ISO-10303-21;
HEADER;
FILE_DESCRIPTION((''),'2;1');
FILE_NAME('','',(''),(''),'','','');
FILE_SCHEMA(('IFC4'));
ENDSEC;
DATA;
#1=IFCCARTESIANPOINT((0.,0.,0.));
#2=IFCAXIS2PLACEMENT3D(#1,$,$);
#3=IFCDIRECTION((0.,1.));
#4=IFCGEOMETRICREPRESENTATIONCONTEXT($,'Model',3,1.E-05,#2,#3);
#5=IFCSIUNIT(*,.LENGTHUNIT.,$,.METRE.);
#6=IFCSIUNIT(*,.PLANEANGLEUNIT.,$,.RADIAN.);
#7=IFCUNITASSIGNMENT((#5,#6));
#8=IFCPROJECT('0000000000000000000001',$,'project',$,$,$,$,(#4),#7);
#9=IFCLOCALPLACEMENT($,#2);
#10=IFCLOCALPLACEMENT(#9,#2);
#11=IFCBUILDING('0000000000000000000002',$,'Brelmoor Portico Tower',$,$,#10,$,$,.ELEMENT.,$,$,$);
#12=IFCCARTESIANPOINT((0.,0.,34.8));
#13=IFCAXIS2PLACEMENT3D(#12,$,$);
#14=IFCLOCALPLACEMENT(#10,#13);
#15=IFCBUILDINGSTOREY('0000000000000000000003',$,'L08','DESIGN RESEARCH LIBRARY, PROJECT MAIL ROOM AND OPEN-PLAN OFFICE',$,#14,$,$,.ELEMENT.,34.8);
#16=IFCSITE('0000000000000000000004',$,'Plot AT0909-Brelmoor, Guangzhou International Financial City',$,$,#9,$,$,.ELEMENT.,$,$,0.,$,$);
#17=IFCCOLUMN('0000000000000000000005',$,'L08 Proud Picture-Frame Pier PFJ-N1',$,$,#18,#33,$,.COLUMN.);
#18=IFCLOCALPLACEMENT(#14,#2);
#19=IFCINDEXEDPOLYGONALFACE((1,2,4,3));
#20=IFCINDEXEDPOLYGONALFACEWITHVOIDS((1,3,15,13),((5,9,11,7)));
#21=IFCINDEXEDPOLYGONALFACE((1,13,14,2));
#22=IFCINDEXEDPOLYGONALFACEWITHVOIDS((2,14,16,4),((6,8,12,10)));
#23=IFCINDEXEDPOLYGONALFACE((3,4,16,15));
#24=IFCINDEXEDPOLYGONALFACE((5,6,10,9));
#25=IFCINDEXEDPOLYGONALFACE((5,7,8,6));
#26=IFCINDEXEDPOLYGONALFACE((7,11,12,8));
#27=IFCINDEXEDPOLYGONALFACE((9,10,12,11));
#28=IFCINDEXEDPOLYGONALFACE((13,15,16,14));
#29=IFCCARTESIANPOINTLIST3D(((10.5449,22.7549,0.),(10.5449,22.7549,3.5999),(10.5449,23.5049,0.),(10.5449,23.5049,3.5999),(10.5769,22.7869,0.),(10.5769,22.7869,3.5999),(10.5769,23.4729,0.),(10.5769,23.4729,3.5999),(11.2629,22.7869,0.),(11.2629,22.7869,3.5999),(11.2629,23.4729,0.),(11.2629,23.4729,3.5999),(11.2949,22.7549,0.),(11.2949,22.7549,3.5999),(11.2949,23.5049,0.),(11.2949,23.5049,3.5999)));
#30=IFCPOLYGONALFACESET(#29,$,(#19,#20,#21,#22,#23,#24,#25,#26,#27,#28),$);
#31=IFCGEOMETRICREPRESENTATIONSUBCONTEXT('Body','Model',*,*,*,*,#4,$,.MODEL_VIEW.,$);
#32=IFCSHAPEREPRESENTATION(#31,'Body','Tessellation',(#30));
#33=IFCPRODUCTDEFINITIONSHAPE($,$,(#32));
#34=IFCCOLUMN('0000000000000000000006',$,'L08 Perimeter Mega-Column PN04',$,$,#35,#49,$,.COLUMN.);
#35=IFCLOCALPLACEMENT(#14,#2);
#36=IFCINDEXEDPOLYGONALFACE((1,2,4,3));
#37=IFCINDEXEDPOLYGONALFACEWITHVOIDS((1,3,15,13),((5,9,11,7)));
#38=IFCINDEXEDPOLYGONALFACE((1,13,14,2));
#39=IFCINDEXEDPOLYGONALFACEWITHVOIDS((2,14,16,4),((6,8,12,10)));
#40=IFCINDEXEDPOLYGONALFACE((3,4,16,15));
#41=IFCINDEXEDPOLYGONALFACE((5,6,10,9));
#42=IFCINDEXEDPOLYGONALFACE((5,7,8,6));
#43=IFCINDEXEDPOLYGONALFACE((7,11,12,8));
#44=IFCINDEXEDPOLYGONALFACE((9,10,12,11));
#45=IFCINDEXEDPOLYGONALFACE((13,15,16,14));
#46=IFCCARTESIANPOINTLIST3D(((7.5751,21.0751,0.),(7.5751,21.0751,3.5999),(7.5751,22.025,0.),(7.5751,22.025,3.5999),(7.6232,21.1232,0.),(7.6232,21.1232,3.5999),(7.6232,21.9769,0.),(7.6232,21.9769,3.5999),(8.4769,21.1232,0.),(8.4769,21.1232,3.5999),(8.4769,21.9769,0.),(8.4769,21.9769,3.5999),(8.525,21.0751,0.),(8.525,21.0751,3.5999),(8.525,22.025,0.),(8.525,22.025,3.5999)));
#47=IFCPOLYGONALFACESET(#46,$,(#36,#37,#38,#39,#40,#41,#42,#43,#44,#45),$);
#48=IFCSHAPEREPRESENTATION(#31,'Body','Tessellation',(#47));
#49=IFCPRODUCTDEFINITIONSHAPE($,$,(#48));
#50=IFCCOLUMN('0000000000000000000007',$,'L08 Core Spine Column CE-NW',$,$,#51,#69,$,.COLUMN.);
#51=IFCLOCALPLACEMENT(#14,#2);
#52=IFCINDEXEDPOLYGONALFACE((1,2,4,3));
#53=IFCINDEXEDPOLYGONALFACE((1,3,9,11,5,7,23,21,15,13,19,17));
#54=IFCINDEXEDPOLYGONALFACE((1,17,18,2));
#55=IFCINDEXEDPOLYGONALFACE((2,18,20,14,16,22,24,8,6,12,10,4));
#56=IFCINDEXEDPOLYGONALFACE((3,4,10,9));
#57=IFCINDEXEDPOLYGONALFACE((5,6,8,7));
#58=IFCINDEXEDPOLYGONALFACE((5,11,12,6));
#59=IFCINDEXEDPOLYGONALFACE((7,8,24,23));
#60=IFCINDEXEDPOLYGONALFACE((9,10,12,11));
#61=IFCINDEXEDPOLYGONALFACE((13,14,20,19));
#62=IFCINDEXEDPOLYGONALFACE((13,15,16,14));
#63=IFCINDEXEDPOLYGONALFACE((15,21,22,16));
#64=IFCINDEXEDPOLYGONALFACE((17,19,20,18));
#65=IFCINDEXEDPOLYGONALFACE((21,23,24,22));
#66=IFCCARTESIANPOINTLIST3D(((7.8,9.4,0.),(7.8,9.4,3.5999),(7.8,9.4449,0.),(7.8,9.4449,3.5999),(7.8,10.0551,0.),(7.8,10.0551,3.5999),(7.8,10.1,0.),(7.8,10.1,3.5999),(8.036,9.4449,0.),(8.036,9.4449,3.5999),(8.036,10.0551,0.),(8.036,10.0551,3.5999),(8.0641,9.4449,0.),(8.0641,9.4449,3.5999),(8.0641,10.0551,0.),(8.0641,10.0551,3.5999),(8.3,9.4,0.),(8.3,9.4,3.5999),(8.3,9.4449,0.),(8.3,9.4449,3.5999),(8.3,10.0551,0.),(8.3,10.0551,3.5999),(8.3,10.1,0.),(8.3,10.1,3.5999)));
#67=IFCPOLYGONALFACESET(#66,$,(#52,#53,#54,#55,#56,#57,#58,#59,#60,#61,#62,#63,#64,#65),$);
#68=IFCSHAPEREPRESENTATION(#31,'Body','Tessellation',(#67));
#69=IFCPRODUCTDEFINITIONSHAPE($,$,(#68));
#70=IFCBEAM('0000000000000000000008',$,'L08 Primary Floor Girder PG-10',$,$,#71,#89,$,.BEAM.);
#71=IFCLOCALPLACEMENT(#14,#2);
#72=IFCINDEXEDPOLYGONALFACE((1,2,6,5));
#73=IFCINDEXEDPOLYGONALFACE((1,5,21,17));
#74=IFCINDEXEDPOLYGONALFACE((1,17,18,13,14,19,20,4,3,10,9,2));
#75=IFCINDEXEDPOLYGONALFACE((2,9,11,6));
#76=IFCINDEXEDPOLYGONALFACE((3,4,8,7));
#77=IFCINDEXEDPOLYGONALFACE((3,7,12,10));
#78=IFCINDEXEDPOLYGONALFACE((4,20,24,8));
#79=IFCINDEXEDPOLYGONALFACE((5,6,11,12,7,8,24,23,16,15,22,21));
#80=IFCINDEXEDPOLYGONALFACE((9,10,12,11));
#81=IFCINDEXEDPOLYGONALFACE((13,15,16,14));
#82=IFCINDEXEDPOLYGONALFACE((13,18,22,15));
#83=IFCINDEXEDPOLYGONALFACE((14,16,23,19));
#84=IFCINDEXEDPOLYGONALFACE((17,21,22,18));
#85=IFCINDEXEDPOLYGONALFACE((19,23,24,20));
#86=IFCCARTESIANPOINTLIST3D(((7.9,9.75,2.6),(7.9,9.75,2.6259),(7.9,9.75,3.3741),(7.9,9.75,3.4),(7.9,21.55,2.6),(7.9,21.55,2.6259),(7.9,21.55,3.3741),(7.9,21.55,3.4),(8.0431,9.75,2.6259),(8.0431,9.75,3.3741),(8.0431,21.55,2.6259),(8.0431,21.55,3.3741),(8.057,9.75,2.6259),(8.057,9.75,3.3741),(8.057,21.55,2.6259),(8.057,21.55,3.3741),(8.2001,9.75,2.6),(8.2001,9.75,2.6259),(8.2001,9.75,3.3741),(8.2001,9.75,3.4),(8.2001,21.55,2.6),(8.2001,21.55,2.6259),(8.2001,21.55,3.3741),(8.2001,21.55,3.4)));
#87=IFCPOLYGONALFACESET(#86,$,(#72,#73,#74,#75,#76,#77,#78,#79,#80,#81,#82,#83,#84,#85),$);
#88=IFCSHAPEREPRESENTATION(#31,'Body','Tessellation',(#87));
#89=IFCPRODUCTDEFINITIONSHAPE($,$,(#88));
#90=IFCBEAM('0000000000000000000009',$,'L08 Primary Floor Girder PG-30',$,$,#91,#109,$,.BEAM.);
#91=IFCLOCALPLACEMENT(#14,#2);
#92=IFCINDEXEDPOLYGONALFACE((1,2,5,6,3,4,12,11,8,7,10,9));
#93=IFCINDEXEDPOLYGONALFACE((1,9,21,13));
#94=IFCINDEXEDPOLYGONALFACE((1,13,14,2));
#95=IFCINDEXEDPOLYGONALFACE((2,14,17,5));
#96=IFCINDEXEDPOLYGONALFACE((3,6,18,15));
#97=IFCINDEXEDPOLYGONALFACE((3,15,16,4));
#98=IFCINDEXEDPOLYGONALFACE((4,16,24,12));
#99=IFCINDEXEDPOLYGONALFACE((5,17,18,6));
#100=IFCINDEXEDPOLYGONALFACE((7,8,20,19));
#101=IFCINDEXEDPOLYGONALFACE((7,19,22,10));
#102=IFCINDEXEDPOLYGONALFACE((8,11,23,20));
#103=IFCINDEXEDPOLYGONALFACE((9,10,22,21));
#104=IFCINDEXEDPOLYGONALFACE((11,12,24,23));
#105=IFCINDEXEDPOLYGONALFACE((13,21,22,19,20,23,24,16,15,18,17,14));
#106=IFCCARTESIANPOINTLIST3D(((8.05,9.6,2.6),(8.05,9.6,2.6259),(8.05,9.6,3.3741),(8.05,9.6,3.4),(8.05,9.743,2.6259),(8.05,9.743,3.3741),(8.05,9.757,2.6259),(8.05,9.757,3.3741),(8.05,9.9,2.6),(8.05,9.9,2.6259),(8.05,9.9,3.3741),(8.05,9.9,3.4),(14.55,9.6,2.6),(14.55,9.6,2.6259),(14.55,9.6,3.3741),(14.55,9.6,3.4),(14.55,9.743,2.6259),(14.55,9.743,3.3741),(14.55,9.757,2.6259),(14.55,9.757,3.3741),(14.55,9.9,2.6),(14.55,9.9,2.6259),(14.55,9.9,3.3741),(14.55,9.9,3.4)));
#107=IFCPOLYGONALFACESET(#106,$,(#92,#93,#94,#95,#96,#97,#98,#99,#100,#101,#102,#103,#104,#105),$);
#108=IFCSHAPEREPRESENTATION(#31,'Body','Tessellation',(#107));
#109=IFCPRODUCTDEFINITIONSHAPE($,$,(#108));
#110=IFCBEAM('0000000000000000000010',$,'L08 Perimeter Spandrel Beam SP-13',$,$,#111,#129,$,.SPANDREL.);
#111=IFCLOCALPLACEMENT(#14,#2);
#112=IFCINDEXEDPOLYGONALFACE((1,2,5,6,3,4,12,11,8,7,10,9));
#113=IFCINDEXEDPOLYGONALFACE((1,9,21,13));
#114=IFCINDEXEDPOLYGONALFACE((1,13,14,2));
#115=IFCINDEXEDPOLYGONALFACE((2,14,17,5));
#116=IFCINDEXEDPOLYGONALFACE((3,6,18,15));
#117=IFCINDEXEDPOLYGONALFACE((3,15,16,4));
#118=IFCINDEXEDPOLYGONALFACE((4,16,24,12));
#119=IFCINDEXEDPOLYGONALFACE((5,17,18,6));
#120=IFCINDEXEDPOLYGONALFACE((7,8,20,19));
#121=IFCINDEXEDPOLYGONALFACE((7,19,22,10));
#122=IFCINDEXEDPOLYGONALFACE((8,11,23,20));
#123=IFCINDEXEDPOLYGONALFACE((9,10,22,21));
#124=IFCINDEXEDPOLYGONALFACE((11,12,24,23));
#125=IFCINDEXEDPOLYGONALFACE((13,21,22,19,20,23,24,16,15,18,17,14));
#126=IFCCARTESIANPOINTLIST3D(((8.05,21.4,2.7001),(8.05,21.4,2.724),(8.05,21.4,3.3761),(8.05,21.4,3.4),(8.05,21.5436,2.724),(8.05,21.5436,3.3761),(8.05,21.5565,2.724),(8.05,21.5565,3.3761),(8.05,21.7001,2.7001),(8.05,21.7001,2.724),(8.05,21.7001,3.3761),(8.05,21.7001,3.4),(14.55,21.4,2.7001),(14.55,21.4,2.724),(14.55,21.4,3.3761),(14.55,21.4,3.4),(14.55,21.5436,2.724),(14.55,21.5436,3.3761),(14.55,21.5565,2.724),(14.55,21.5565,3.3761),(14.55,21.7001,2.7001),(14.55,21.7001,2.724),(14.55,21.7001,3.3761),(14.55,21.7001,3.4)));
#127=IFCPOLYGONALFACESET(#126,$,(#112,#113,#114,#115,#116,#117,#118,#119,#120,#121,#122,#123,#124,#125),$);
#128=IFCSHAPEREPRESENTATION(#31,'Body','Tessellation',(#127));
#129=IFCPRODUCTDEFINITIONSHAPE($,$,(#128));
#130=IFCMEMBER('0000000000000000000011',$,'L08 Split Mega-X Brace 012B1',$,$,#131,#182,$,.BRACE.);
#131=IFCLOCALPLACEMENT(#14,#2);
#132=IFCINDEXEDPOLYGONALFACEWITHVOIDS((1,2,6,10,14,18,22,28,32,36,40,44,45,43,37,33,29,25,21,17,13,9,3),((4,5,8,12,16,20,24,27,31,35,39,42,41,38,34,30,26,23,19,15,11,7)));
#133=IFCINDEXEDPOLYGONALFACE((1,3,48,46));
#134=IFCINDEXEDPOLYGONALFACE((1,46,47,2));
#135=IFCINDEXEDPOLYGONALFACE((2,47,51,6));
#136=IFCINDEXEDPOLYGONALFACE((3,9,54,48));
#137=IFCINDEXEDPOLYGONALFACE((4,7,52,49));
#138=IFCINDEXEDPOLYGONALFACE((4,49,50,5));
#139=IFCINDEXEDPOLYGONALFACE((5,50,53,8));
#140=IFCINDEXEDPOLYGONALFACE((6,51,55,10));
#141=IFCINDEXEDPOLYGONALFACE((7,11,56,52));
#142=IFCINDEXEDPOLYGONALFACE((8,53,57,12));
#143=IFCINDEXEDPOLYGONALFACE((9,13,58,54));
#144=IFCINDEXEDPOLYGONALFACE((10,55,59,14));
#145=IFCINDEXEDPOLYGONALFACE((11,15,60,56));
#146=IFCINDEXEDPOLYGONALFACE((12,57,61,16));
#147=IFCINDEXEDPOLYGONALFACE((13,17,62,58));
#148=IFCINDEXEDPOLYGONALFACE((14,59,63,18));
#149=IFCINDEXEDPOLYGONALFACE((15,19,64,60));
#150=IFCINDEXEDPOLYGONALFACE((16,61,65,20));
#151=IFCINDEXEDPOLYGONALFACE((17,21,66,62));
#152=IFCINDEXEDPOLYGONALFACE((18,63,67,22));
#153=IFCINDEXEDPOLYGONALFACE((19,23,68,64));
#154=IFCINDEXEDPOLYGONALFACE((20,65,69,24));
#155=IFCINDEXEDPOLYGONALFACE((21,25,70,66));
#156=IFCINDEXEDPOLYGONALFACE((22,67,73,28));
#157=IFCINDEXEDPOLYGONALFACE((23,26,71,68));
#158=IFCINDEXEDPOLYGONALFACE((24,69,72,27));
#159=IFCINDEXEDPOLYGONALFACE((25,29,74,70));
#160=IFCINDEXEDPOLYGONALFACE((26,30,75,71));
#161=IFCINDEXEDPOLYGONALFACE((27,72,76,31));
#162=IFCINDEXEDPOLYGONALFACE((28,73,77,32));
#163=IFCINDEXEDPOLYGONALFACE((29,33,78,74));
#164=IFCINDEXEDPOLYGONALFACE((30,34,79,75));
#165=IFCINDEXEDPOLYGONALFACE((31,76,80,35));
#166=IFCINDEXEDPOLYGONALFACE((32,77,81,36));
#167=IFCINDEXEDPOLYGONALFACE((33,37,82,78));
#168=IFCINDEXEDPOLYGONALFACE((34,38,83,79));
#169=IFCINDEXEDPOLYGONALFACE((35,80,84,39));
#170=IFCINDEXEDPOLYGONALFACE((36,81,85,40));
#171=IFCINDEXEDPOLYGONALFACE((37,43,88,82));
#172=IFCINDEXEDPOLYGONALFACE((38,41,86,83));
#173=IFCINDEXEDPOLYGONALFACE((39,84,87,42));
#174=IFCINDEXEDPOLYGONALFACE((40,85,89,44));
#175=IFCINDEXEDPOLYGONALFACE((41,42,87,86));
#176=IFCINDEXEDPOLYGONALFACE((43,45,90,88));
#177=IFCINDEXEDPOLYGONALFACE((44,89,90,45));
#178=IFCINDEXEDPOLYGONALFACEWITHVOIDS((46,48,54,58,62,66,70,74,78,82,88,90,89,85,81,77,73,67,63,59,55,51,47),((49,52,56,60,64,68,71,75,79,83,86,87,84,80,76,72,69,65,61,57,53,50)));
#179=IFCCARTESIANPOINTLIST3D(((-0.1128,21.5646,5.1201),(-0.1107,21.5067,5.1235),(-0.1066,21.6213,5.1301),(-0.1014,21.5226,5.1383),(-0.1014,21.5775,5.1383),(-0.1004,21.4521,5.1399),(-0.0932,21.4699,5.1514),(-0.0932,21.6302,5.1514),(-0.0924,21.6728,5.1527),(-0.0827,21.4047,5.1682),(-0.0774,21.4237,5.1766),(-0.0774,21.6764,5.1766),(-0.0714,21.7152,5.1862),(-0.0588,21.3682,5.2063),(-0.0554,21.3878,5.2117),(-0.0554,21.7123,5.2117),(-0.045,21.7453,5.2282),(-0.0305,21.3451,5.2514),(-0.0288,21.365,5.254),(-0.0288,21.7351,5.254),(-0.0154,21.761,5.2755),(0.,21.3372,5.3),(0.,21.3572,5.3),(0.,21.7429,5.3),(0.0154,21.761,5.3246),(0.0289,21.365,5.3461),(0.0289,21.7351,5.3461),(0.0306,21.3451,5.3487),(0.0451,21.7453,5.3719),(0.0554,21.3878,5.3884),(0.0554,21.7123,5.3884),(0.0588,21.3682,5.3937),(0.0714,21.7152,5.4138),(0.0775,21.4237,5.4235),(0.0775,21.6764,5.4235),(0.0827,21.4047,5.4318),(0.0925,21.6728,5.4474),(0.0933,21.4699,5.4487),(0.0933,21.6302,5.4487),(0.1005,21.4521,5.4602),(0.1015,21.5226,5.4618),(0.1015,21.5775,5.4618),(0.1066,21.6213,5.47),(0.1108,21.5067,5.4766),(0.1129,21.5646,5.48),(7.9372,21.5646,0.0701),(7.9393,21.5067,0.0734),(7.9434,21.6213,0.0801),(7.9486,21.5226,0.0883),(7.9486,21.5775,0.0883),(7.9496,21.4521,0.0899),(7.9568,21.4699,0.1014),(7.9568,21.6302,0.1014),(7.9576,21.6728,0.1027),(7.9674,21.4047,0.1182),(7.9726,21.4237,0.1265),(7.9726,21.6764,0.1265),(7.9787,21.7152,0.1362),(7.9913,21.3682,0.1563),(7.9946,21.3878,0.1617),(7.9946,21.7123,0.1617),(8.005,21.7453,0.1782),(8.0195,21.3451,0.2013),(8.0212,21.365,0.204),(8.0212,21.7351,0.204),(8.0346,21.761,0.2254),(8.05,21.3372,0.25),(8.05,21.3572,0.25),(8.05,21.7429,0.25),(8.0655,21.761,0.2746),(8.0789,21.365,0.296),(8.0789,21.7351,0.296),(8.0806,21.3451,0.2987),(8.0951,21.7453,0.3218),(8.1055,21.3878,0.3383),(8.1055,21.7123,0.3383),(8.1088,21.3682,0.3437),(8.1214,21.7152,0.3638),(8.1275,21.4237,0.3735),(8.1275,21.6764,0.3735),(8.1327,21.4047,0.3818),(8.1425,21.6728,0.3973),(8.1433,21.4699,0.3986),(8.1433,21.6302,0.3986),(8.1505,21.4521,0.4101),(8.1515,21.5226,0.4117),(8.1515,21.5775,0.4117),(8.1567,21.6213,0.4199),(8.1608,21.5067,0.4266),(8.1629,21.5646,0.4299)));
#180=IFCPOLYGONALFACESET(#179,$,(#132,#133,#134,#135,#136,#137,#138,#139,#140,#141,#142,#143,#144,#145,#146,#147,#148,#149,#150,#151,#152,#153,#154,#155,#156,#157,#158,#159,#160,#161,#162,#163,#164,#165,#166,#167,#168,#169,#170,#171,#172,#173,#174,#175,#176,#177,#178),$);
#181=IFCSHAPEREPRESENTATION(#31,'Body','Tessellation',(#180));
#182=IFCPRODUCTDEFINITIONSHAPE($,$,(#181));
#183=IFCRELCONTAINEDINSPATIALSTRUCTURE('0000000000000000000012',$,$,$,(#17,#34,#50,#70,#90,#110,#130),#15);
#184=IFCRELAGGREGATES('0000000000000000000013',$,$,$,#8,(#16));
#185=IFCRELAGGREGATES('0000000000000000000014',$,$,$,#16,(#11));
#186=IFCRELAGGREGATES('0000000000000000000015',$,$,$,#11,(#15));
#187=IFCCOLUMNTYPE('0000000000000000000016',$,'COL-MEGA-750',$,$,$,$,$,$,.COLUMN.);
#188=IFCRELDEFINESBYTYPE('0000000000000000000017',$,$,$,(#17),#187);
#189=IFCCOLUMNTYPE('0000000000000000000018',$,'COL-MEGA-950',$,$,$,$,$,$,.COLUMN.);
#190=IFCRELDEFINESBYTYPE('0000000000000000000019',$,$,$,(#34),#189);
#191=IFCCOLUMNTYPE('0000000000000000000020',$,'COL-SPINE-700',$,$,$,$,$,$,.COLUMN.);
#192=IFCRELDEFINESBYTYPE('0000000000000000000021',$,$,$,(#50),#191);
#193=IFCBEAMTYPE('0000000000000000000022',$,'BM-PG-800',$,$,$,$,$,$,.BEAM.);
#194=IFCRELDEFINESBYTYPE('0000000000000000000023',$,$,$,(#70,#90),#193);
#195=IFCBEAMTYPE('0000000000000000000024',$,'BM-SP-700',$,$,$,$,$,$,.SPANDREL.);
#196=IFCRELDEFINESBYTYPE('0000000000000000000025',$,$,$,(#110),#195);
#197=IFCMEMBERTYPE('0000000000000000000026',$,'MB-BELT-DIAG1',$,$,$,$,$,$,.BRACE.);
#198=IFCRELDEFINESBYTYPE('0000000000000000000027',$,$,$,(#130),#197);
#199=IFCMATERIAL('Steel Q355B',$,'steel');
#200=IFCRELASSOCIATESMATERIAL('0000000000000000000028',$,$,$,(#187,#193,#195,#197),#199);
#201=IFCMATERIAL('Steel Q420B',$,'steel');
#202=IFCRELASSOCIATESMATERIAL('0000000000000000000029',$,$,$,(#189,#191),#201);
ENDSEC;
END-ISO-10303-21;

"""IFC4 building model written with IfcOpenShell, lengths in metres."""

from ifc_helpers import new_model, si_unit, direction, frame, origin, origin_2d, place, context, subcontext, project, spatial, hollow_rectangle, hollow_circle, i_section, extrude, material, material_profile, profile_set, type_object, element, save


model = new_model("IFC4")

# Units and contexts
model_context = context("Model", 3, precision=1e-05, world=origin(), true_north=direction((0.0, 1.0)))
body_context = subcontext(model_context, "Body", "Model", "MODEL_VIEW")
ifc_project = project(units=[si_unit("LENGTHUNIT", "METRE"), si_unit("PLANEANGLEUNIT", "RADIAN")], contexts=[model_context])

# Site, building, storey
site_placement = place(None, origin())
site = spatial("IfcSite", under=ifc_project, at=site_placement, Name="Plot AT0909-Brelmoor, Guangzhou International Financial City", CompositionType="ELEMENT", RefElevation=0.0)
building_placement = place(site_placement, origin())
building = spatial("IfcBuilding", under=site, at=building_placement, Name="Brelmoor Portico Tower", CompositionType="ELEMENT")
storey_placement = place(building_placement, frame((0.0, 0.0, 34.8)))
storey = spatial("IfcBuildingStorey", under=building, at=storey_placement, Name="L08", Description="DESIGN RESEARCH LIBRARY, PROJECT MAIL ROOM AND OPEN-PLAN OFFICE", CompositionType="ELEMENT", Elevation=34.8)

# Columns
ifc_material_1 = material(Name="Steel Q355B", Category="steel")
ifc_material_profile_1 = material_profile(ifc_material_1, hollow_rectangle(XDim=0.75, YDim=0.75, WallThickness=0.032, at=origin_2d()), Name="BOX 750x750x32")
ifc_profile_set_1 = profile_set([ifc_material_profile_1], Name="Steel Q355B")
column_type_1 = type_object("IfcColumnType", Name="COL-MEGA-750", PredefinedType="COLUMN", material=ifc_profile_set_1)
column_1_placement = place(storey_placement, frame((10.9199, 23.1299, 0.0), z_axis=(0.0, 0.0, 1.0), x_axis=(1.0, 0.0, 0.0)))
element("IfcColumn", 1, at=column_1_placement, inside=storey, type_object=column_type_1, Name="L08 Proud Picture-Frame Pier PFJ-N1", PredefinedType="COLUMN", context=body_context, shape_type="SweptSolid", body=[
    extrude(hollow_rectangle(XDim=0.75, YDim=0.75, WallThickness=0.032, at=origin_2d()), origin(), (0.0, 0.0, 1.0), 3.5999),
])
ifc_material_2 = material(Name="Steel Q420B", Category="steel")
ifc_material_profile_2 = material_profile(ifc_material_2, hollow_rectangle(XDim=0.95, YDim=0.95, WallThickness=0.0481, at=origin_2d()), Name="BOX 950x950x48")
ifc_profile_set_2 = profile_set([ifc_material_profile_2], Name="Steel Q420B")
column_type_2 = type_object("IfcColumnType", Name="COL-MEGA-950", PredefinedType="COLUMN", material=ifc_profile_set_2)
column_2_placement = place(storey_placement, frame((8.05, 21.55, 0.0), z_axis=(0.0, 0.0, 1.0), x_axis=(1.0, 0.0, 0.0)))
element("IfcColumn", 2, at=column_2_placement, inside=storey, type_object=column_type_2, Name="L08 Perimeter Mega-Column PN04", PredefinedType="COLUMN", context=body_context, shape_type="SweptSolid", body=[
    extrude(hollow_rectangle(XDim=0.95, YDim=0.95, WallThickness=0.0481, at=origin_2d()), origin(), (0.0, 0.0, 1.0), 3.5999),
])
ifc_material_profile_3 = material_profile(ifc_material_2, i_section(OverallWidth=0.5, OverallDepth=0.7, WebThickness=0.0281, FlangeThickness=0.0449, at=origin_2d()), Name="HW 700x500x28x45")
ifc_profile_set_3 = profile_set([ifc_material_profile_3], Name="Steel Q420B")
column_type_3 = type_object("IfcColumnType", Name="COL-SPINE-700", PredefinedType="COLUMN", material=ifc_profile_set_3)
column_3_placement = place(storey_placement, frame((8.05, 9.75, 0.0), z_axis=(0.0, 0.0, 1.0), x_axis=(1.0, 0.0, 0.0)))
element("IfcColumn", 3, at=column_3_placement, inside=storey, type_object=column_type_3, Name="L08 Core Spine Column CE-NW", PredefinedType="COLUMN", context=body_context, shape_type="SweptSolid", body=[
    extrude(i_section(OverallWidth=0.5, OverallDepth=0.7, WebThickness=0.0281, FlangeThickness=0.0449, at=origin_2d()), origin(), (0.0, 0.0, 1.0), 3.5999),
])

# Beams
ifc_material_profile_4 = material_profile(ifc_material_1, i_section(OverallWidth=0.3, OverallDepth=0.8, WebThickness=0.0139, FlangeThickness=0.0259, at=origin_2d()), Name="HN 800x300x14x26")
ifc_profile_set_4 = profile_set([ifc_material_profile_4], Name="Steel Q355B")
beam_type_1 = type_object("IfcBeamType", Name="BM-PG-800", PredefinedType="BEAM", material=ifc_profile_set_4)
beam_1_placement = place(storey_placement, frame((8.05, 9.75, 3.0), z_axis=(0.0, 1.0, 0.0), x_axis=(-1.0, 0.0, 0.0)))
element("IfcBeam", 4, at=beam_1_placement, inside=storey, type_object=beam_type_1, Name="L08 Primary Floor Girder PG-10", PredefinedType="BEAM", context=body_context, shape_type="SweptSolid", body=[
    extrude(i_section(OverallWidth=0.3, OverallDepth=0.8, WebThickness=0.0139, FlangeThickness=0.0259, at=origin_2d()), origin(), (0.0, 0.0, 1.0), 11.8),
])
beam_2_placement = place(storey_placement, frame((8.05, 9.75, 3.0), z_axis=(1.0, 0.0, 0.0), x_axis=(0.0, 1.0, 0.0)))
element("IfcBeam", 5, at=beam_2_placement, inside=storey, type_object=beam_type_1, Name="L08 Primary Floor Girder PG-30", PredefinedType="BEAM", context=body_context, shape_type="SweptSolid", body=[
    extrude(i_section(OverallWidth=0.3, OverallDepth=0.8, WebThickness=0.0139, FlangeThickness=0.0259, at=origin_2d()), origin(), (0.0, 0.0, 1.0), 6.5),
])
ifc_material_profile_5 = material_profile(ifc_material_1, i_section(OverallWidth=0.3, OverallDepth=0.7, WebThickness=0.0129, FlangeThickness=0.0239, at=origin_2d()), Name="HN 700x300x13x24")
ifc_profile_set_5 = profile_set([ifc_material_profile_5], Name="Steel Q355B")
beam_type_2 = type_object("IfcBeamType", Name="BM-SP-700", PredefinedType="SPANDREL", material=ifc_profile_set_5)
beam_3_placement = place(storey_placement, frame((8.05, 21.55, 3.05), z_axis=(1.0, 0.0, 0.0), x_axis=(0.0, 1.0, 0.0)))
element("IfcBeam", 6, at=beam_3_placement, inside=storey, type_object=beam_type_2, Name="L08 Perimeter Spandrel Beam SP-13", PredefinedType="SPANDREL", context=body_context, shape_type="SweptSolid", body=[
    extrude(i_section(OverallWidth=0.3, OverallDepth=0.7, WebThickness=0.0129, FlangeThickness=0.0239, at=origin_2d()), origin(), (0.0, 0.0, 1.0), 6.5),
])

# Member
ifc_material_profile_6 = material_profile(ifc_material_1, hollow_circle(Radius=0.2129, WallThickness=0.02, at=origin_2d()), Name="CHS 426x20")
ifc_profile_set_6 = profile_set([ifc_material_profile_6], Name="Steel Q355B")
member_type_1 = type_object("IfcMemberType", Name="MB-BELT-DIAG1", PredefinedType="BRACE", material=ifc_profile_set_6)
for number, where, z_axis, x_axis, name in (
    (7, (8.05, 21.55, 0.25), (-0.847109, 0.0, 0.531418), (0.0, -1.0, 0.0), "L08 Split Mega-X Brace 012B1"),
):
    element("IfcMember", number, at=place(storey_placement, frame(where, z_axis=z_axis, x_axis=x_axis)), inside=storey, type_object=member_type_1, Name=name, PredefinedType="BRACE", context=body_context, shape_type="SweptSolid", body=[
        extrude(hollow_circle(Radius=0.2129, WallThickness=0.02, at=origin_2d()), origin(), (0.0, 0.0, 1.0), 9.5029),
    ])

save(model, "model.ifc")
